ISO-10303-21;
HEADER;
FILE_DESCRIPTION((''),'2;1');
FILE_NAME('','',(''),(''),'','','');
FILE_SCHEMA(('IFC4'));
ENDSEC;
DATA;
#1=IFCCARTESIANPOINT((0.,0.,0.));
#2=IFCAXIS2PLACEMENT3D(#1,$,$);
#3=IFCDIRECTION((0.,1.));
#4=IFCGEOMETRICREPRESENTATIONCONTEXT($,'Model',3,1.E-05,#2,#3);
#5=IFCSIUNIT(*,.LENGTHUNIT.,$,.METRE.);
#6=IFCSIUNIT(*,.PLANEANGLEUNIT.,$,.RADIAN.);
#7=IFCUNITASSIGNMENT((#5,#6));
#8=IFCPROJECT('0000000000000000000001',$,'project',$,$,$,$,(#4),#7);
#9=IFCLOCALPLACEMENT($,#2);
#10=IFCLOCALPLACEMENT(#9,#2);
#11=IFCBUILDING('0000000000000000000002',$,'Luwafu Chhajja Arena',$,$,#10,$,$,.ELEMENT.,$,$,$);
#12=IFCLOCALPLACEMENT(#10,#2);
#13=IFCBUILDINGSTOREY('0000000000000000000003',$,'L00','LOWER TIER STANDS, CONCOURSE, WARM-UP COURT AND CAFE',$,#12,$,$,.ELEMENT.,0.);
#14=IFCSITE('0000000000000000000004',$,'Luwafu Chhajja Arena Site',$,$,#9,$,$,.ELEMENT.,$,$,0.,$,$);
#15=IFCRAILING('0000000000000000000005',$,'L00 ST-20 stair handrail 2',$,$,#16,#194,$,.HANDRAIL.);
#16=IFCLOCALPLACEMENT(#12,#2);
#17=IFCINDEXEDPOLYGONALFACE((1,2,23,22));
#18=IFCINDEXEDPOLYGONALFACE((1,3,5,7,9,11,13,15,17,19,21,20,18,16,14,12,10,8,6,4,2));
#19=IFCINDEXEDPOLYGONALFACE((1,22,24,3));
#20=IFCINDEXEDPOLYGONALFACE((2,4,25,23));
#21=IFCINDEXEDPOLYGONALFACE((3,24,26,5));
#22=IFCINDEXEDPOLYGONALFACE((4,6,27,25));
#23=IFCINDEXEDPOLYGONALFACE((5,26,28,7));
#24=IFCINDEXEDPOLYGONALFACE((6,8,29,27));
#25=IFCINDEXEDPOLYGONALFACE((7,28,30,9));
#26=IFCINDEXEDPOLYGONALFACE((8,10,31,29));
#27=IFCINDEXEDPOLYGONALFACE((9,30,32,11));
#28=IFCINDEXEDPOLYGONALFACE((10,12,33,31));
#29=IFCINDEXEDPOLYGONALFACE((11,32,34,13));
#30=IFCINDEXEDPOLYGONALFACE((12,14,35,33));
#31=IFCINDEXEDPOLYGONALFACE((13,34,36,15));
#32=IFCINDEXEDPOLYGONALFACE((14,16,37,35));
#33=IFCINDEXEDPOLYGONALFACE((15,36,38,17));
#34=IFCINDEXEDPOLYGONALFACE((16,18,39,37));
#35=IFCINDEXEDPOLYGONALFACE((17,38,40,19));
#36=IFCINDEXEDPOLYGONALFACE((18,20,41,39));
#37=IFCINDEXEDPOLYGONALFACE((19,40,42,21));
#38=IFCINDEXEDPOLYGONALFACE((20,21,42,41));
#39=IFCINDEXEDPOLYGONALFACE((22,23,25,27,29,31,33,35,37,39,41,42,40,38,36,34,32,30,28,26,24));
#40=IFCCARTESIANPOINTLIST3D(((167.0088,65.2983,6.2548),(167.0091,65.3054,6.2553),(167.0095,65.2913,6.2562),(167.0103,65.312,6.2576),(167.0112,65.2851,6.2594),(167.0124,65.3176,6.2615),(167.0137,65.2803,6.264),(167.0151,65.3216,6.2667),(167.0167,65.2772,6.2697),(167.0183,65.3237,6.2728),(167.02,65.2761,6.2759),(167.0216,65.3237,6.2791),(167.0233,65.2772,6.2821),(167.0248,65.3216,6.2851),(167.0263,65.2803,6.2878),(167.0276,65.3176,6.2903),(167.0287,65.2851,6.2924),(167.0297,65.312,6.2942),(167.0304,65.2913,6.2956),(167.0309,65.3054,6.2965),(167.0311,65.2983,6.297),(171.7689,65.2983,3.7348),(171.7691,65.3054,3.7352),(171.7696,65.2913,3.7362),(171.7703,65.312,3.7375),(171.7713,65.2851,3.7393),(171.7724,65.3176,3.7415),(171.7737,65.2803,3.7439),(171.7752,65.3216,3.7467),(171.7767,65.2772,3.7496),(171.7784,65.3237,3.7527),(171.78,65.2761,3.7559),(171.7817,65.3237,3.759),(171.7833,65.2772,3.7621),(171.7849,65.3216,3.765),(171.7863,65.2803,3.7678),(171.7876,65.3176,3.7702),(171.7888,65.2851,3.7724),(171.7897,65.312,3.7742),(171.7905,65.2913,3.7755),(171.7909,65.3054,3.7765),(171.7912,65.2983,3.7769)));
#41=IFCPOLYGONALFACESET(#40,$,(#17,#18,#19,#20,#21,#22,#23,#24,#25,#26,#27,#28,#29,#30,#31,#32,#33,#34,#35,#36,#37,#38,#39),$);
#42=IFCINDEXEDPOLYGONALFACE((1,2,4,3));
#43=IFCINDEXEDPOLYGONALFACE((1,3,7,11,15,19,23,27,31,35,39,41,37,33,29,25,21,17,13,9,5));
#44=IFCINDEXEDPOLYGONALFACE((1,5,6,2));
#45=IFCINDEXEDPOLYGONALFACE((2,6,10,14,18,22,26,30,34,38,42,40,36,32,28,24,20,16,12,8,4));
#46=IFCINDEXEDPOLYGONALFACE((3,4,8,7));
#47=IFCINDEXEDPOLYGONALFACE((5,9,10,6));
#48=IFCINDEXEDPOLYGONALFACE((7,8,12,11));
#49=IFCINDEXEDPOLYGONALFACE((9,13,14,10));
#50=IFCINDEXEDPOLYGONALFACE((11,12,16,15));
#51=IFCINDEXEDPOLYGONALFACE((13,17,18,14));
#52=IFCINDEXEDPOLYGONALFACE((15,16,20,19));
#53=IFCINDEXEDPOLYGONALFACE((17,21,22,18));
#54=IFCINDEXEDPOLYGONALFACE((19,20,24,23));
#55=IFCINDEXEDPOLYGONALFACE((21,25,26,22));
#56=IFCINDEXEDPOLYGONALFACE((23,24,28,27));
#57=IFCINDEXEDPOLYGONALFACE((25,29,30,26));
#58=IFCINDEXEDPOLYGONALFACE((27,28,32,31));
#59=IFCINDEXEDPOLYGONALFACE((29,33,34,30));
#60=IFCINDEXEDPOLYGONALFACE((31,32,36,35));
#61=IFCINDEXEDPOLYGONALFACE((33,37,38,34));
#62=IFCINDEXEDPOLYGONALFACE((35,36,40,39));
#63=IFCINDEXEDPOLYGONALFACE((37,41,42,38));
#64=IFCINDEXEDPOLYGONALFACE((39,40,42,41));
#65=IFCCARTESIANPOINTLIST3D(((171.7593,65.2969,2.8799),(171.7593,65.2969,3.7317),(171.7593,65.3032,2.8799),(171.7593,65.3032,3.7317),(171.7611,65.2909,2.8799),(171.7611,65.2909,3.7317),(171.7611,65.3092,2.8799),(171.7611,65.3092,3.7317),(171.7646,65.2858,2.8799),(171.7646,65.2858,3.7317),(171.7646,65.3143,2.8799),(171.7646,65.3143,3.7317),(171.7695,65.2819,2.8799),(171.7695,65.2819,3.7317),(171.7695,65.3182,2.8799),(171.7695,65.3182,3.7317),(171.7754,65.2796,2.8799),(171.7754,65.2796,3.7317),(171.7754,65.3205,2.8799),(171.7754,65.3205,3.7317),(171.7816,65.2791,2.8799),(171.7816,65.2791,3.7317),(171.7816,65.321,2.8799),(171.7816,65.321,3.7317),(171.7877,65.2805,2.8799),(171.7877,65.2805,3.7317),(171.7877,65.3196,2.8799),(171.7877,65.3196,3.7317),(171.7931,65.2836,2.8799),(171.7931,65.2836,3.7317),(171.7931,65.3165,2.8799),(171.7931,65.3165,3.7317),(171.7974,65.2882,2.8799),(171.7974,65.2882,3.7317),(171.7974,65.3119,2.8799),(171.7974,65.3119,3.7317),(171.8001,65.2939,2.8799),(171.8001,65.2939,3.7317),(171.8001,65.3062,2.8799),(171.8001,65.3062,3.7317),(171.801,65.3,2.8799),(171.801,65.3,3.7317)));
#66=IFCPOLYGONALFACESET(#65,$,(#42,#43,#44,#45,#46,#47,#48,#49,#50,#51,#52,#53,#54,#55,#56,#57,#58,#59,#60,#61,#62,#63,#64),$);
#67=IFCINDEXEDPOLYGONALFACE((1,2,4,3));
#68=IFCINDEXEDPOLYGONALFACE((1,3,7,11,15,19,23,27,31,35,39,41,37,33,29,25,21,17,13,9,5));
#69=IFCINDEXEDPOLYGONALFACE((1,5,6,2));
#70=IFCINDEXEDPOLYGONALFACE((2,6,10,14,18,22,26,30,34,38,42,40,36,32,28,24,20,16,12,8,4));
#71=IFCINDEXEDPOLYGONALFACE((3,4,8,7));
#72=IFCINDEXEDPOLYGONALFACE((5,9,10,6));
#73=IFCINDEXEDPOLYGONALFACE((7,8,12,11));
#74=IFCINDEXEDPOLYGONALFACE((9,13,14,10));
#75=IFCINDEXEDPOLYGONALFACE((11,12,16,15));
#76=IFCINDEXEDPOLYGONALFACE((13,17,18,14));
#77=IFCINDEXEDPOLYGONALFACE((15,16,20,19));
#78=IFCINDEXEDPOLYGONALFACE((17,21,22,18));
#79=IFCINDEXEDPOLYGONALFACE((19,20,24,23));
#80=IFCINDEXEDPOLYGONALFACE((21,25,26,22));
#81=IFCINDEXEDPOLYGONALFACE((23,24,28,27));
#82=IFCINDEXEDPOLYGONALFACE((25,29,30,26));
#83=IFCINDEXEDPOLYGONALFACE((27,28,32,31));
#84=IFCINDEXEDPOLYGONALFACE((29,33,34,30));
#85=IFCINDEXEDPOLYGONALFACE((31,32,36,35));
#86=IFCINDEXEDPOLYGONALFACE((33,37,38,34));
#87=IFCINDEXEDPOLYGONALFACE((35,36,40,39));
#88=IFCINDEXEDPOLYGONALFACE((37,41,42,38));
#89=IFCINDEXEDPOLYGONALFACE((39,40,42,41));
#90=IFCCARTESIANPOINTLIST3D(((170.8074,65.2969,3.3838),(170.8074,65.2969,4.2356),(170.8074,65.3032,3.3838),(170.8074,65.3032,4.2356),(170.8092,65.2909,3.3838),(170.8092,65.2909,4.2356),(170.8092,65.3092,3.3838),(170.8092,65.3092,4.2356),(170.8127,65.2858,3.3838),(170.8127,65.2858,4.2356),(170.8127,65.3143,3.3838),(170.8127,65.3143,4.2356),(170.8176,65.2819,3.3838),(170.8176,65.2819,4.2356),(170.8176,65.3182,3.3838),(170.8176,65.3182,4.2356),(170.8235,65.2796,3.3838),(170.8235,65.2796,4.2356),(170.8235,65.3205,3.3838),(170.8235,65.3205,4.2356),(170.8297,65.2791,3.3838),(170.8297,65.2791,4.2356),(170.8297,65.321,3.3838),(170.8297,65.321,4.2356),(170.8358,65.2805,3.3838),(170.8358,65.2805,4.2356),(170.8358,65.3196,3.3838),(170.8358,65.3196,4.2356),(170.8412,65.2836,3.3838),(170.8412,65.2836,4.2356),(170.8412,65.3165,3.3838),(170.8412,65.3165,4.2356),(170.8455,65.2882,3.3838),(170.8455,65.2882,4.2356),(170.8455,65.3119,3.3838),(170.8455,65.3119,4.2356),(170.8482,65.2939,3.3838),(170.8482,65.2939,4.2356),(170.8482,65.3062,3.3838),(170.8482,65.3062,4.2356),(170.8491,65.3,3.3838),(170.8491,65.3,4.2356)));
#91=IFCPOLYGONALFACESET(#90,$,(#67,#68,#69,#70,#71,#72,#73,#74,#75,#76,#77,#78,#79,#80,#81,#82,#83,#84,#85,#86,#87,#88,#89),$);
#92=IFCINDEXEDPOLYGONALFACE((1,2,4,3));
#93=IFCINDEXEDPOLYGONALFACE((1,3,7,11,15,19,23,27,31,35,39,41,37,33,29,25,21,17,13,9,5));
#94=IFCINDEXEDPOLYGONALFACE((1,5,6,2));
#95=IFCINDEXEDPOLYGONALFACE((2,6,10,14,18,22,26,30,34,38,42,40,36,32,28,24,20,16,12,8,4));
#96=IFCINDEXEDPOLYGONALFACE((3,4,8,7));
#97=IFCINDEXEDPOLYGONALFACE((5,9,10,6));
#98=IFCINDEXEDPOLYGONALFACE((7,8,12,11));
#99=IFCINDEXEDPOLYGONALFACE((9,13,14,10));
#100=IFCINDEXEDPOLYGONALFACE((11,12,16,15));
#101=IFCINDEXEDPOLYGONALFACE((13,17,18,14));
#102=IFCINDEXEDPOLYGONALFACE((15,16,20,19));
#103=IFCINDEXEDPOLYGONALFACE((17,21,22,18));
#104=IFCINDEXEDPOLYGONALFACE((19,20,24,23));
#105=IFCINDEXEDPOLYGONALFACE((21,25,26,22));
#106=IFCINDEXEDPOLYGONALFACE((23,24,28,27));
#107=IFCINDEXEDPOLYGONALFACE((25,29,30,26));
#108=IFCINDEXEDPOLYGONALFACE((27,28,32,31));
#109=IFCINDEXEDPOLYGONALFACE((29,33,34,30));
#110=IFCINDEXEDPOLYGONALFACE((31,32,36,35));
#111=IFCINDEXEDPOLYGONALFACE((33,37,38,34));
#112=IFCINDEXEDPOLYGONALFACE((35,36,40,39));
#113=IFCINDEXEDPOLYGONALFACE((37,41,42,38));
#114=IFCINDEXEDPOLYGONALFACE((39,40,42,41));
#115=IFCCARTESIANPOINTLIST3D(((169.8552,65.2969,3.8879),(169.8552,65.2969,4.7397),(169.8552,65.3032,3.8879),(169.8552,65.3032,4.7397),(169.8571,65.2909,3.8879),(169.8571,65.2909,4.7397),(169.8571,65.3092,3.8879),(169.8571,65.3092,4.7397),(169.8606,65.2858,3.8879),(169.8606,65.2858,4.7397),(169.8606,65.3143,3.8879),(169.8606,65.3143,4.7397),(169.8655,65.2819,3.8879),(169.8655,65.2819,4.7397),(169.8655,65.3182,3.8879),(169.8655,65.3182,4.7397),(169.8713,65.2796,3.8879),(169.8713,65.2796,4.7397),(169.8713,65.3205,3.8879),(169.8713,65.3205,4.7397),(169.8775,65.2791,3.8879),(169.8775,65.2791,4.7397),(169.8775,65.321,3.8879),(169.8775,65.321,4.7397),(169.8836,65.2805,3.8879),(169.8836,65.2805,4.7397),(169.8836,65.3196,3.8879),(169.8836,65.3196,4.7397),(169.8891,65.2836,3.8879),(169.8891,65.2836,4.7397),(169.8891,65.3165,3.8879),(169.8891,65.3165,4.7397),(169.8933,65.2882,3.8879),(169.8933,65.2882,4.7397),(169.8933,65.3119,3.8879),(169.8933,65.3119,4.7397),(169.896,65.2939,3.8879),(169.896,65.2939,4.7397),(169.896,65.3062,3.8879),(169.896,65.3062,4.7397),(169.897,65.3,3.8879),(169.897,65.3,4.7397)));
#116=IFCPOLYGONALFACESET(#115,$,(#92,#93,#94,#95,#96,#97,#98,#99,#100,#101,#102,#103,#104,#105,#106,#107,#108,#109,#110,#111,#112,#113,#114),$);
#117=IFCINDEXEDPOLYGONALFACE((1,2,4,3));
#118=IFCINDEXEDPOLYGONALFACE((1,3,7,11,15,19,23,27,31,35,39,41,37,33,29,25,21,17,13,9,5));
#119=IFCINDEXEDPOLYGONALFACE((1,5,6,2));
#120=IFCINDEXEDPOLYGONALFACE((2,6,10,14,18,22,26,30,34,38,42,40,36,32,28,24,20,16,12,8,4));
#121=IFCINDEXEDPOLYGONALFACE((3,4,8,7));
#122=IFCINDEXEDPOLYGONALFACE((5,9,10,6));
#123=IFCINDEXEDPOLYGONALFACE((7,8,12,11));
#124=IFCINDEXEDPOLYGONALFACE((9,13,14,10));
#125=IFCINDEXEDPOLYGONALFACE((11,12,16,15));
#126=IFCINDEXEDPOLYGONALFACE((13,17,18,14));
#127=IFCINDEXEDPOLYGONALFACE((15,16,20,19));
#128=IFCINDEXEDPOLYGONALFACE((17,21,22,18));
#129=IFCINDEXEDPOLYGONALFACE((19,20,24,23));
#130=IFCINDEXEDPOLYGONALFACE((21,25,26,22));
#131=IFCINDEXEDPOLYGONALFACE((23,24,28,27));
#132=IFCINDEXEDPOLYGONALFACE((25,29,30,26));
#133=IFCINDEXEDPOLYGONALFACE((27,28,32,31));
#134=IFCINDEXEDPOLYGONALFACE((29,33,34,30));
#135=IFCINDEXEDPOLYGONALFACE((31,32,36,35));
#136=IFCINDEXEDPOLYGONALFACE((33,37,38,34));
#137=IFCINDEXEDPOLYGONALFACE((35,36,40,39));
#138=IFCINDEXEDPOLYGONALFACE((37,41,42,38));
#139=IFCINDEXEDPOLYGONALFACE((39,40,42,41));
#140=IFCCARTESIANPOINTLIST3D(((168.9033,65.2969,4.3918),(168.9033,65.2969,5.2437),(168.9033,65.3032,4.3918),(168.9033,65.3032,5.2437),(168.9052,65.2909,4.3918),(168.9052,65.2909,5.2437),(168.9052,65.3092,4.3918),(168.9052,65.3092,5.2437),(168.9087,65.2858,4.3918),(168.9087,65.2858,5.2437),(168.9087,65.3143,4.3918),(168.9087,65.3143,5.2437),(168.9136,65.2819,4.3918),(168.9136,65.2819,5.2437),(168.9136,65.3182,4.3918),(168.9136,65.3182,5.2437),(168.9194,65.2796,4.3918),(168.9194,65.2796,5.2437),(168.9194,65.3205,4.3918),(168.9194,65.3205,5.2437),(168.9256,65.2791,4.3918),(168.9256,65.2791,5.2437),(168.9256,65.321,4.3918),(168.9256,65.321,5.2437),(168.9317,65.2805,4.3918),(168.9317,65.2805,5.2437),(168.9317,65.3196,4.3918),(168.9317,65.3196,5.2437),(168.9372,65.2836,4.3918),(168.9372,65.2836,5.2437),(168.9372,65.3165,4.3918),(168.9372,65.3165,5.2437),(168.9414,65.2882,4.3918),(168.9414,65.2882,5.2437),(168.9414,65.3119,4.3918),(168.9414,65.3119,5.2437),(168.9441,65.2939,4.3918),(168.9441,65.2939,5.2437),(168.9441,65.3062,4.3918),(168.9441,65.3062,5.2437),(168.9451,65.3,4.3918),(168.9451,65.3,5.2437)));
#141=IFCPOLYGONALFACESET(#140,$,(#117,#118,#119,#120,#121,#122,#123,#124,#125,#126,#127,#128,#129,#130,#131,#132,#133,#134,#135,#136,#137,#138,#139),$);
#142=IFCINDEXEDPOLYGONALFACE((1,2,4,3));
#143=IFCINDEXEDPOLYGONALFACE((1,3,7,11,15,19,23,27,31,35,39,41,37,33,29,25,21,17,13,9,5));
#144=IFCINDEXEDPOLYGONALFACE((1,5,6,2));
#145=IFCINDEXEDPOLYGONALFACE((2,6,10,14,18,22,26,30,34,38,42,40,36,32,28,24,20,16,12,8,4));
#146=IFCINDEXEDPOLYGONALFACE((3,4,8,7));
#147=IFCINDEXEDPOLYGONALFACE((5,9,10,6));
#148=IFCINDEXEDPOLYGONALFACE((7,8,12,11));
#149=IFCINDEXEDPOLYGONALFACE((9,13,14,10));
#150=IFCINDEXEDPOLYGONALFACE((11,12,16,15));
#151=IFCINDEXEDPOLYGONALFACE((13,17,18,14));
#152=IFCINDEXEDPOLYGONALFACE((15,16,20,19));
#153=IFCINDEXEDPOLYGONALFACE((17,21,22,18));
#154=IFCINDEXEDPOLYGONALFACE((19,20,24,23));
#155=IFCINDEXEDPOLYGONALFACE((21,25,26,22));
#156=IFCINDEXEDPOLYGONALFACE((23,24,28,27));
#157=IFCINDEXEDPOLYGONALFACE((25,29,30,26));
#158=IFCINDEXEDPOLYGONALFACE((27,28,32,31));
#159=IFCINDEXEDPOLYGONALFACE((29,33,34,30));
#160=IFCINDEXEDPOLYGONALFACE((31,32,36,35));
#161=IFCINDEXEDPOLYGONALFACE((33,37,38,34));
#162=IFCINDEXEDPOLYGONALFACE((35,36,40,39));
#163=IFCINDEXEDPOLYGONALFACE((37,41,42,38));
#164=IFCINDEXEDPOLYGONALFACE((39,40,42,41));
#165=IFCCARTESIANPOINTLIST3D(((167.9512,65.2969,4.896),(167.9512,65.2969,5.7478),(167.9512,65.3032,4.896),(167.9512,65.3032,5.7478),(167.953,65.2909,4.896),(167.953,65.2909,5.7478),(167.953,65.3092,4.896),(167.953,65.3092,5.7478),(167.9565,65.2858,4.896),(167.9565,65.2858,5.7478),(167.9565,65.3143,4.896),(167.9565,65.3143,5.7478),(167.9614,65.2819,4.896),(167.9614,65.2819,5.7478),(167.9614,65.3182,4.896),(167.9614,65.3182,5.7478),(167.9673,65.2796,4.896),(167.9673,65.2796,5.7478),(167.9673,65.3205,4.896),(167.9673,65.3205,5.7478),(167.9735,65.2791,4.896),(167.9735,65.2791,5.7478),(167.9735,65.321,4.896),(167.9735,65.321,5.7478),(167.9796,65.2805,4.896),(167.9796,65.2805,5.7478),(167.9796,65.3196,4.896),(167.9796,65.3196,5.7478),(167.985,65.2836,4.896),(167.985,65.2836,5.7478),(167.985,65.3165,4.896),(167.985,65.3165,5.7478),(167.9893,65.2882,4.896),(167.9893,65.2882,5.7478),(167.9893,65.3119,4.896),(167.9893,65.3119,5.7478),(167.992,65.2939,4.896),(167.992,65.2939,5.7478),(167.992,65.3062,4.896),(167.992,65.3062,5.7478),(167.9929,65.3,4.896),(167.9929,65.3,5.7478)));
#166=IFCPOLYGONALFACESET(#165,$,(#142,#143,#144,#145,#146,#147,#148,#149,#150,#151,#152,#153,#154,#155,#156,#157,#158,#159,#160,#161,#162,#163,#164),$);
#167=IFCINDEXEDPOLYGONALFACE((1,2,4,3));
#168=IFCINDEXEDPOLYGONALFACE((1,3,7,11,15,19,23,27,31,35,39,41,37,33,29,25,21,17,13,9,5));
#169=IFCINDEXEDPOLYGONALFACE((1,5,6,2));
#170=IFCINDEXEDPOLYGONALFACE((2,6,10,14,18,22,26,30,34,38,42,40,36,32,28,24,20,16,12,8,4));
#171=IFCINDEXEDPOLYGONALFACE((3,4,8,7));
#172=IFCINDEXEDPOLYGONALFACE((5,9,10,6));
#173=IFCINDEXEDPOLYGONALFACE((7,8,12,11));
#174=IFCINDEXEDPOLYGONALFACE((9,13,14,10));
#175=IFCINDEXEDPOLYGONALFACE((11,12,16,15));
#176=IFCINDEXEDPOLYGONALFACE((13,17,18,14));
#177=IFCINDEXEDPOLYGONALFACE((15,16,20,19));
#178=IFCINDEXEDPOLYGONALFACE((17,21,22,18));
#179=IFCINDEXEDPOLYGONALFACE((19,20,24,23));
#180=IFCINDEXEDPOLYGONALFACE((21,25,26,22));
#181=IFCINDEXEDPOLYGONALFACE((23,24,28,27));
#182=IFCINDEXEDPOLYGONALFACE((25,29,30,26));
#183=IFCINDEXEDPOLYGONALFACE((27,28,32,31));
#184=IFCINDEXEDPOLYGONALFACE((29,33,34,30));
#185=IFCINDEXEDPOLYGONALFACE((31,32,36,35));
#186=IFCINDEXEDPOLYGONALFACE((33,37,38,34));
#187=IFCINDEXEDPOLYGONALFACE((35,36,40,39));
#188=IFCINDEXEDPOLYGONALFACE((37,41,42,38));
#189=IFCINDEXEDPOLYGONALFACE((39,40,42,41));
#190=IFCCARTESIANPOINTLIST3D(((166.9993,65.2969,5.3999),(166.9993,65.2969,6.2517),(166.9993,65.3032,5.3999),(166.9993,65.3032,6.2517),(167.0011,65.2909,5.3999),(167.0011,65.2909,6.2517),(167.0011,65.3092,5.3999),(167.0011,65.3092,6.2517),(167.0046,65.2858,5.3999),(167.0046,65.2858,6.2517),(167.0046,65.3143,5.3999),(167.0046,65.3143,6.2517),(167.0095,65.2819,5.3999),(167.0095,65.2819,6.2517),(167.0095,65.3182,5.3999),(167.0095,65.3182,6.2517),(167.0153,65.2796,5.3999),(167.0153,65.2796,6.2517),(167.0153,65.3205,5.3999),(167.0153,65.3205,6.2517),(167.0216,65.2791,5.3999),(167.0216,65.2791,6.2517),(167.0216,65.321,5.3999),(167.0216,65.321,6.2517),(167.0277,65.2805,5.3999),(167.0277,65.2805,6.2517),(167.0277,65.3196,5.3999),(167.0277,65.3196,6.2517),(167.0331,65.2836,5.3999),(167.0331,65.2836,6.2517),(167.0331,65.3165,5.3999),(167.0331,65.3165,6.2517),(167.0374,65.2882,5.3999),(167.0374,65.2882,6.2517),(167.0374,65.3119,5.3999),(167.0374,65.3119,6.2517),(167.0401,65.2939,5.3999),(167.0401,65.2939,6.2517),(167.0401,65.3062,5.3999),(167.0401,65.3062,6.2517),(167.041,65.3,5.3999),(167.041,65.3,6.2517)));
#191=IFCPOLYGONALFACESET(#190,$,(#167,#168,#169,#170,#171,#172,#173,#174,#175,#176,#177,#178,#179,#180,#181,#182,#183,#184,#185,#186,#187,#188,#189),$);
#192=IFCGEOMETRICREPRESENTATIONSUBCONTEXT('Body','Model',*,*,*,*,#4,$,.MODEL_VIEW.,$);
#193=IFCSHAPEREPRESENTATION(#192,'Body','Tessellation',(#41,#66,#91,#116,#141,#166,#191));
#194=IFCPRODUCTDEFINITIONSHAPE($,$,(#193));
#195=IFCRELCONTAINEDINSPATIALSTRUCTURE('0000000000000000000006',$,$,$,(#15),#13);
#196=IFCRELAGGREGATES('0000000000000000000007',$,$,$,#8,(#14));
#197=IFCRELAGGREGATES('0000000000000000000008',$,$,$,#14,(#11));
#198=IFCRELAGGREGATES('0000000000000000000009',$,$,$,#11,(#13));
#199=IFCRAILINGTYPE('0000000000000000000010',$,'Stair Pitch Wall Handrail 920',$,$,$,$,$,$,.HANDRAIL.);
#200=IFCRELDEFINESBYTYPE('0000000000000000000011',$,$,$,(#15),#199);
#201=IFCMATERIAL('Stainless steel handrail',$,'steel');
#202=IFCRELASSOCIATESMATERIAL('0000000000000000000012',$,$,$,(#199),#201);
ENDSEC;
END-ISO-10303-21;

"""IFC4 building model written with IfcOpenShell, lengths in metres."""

from ifc_helpers import new_model, si_unit, direction, frame, origin, origin_2d, place, context, subcontext, project, spatial, circle, extrude, material, type_object, element, save


model = new_model("IFC4")

# Units and contexts
model_context = context("Model", 3, precision=1e-05, world=origin(), true_north=direction((0.0, 1.0)))
body_context = subcontext(model_context, "Body", "Model", "MODEL_VIEW")
ifc_project = project(units=[si_unit("LENGTHUNIT", "METRE"), si_unit("PLANEANGLEUNIT", "RADIAN")], contexts=[model_context])

# Site, building, storey
site_placement = place(None, origin())
site = spatial("IfcSite", under=ifc_project, at=site_placement, Name="Luwafu Chhajja Arena Site", CompositionType="ELEMENT", RefElevation=0.0)
building_placement = place(site_placement, origin())
building = spatial("IfcBuilding", under=site, at=building_placement, Name="Luwafu Chhajja Arena", CompositionType="ELEMENT")
storey_placement = place(building_placement, origin())
storey = spatial("IfcBuildingStorey", under=building, at=storey_placement, Name="L00", Description="LOWER TIER STANDS, CONCOURSE, WARM-UP COURT AND CAFE", CompositionType="ELEMENT", Elevation=0.0)

# Railing
ifc_material_1 = material(Name="Stainless steel handrail", Category="steel")
railing_type_1 = type_object("IfcRailingType", Name="Stair Pitch Wall Handrail 920", PredefinedType="HANDRAIL", material=ifc_material_1)
for number, where, name in (
    (1, (171.78, 65.3, 2.8799), "L00 ST-20 stair handrail 2"),
):
    element("IfcRailing", number, at=place(storey_placement, frame(where)), inside=storey, type_object=railing_type_1, Name=name, PredefinedType="HANDRAIL", context=body_context, shape_type="SweptSolid", body=[
        extrude(circle(Radius=0.0239, at=origin_2d()), frame((0.0, 0.0, 0.876), z_axis=(-0.883787, 0.0, 0.46789), x_axis=(0.0, -1.0, 0.0)), (0.0, 0.0, 1.0), 5.386),
        extrude(circle(Radius=0.021, at=origin_2d()), origin(), (0.0, 0.0, 1.0), 0.8518),
        extrude(circle(Radius=0.021, at=origin_2d()), frame((-0.9519, 0.0, 0.5039)), (0.0, 0.0, 1.0), 0.8518),
        extrude(circle(Radius=0.021, at=origin_2d()), frame((-1.9041, 0.0, 1.0081)), (0.0, 0.0, 1.0), 0.8518),
        extrude(circle(Radius=0.021, at=origin_2d()), frame((-2.856, 0.0, 1.512)), (0.0, 0.0, 1.0), 0.8518),
        extrude(circle(Radius=0.021, at=origin_2d()), frame((-3.8081, 0.0, 2.0161)), (0.0, 0.0, 1.0), 0.8518),
        extrude(circle(Radius=0.021, at=origin_2d()), frame((-4.76, 0.0, 2.52)), (0.0, 0.0, 1.0), 0.8518),
    ])

save(model, "model.ifc")
